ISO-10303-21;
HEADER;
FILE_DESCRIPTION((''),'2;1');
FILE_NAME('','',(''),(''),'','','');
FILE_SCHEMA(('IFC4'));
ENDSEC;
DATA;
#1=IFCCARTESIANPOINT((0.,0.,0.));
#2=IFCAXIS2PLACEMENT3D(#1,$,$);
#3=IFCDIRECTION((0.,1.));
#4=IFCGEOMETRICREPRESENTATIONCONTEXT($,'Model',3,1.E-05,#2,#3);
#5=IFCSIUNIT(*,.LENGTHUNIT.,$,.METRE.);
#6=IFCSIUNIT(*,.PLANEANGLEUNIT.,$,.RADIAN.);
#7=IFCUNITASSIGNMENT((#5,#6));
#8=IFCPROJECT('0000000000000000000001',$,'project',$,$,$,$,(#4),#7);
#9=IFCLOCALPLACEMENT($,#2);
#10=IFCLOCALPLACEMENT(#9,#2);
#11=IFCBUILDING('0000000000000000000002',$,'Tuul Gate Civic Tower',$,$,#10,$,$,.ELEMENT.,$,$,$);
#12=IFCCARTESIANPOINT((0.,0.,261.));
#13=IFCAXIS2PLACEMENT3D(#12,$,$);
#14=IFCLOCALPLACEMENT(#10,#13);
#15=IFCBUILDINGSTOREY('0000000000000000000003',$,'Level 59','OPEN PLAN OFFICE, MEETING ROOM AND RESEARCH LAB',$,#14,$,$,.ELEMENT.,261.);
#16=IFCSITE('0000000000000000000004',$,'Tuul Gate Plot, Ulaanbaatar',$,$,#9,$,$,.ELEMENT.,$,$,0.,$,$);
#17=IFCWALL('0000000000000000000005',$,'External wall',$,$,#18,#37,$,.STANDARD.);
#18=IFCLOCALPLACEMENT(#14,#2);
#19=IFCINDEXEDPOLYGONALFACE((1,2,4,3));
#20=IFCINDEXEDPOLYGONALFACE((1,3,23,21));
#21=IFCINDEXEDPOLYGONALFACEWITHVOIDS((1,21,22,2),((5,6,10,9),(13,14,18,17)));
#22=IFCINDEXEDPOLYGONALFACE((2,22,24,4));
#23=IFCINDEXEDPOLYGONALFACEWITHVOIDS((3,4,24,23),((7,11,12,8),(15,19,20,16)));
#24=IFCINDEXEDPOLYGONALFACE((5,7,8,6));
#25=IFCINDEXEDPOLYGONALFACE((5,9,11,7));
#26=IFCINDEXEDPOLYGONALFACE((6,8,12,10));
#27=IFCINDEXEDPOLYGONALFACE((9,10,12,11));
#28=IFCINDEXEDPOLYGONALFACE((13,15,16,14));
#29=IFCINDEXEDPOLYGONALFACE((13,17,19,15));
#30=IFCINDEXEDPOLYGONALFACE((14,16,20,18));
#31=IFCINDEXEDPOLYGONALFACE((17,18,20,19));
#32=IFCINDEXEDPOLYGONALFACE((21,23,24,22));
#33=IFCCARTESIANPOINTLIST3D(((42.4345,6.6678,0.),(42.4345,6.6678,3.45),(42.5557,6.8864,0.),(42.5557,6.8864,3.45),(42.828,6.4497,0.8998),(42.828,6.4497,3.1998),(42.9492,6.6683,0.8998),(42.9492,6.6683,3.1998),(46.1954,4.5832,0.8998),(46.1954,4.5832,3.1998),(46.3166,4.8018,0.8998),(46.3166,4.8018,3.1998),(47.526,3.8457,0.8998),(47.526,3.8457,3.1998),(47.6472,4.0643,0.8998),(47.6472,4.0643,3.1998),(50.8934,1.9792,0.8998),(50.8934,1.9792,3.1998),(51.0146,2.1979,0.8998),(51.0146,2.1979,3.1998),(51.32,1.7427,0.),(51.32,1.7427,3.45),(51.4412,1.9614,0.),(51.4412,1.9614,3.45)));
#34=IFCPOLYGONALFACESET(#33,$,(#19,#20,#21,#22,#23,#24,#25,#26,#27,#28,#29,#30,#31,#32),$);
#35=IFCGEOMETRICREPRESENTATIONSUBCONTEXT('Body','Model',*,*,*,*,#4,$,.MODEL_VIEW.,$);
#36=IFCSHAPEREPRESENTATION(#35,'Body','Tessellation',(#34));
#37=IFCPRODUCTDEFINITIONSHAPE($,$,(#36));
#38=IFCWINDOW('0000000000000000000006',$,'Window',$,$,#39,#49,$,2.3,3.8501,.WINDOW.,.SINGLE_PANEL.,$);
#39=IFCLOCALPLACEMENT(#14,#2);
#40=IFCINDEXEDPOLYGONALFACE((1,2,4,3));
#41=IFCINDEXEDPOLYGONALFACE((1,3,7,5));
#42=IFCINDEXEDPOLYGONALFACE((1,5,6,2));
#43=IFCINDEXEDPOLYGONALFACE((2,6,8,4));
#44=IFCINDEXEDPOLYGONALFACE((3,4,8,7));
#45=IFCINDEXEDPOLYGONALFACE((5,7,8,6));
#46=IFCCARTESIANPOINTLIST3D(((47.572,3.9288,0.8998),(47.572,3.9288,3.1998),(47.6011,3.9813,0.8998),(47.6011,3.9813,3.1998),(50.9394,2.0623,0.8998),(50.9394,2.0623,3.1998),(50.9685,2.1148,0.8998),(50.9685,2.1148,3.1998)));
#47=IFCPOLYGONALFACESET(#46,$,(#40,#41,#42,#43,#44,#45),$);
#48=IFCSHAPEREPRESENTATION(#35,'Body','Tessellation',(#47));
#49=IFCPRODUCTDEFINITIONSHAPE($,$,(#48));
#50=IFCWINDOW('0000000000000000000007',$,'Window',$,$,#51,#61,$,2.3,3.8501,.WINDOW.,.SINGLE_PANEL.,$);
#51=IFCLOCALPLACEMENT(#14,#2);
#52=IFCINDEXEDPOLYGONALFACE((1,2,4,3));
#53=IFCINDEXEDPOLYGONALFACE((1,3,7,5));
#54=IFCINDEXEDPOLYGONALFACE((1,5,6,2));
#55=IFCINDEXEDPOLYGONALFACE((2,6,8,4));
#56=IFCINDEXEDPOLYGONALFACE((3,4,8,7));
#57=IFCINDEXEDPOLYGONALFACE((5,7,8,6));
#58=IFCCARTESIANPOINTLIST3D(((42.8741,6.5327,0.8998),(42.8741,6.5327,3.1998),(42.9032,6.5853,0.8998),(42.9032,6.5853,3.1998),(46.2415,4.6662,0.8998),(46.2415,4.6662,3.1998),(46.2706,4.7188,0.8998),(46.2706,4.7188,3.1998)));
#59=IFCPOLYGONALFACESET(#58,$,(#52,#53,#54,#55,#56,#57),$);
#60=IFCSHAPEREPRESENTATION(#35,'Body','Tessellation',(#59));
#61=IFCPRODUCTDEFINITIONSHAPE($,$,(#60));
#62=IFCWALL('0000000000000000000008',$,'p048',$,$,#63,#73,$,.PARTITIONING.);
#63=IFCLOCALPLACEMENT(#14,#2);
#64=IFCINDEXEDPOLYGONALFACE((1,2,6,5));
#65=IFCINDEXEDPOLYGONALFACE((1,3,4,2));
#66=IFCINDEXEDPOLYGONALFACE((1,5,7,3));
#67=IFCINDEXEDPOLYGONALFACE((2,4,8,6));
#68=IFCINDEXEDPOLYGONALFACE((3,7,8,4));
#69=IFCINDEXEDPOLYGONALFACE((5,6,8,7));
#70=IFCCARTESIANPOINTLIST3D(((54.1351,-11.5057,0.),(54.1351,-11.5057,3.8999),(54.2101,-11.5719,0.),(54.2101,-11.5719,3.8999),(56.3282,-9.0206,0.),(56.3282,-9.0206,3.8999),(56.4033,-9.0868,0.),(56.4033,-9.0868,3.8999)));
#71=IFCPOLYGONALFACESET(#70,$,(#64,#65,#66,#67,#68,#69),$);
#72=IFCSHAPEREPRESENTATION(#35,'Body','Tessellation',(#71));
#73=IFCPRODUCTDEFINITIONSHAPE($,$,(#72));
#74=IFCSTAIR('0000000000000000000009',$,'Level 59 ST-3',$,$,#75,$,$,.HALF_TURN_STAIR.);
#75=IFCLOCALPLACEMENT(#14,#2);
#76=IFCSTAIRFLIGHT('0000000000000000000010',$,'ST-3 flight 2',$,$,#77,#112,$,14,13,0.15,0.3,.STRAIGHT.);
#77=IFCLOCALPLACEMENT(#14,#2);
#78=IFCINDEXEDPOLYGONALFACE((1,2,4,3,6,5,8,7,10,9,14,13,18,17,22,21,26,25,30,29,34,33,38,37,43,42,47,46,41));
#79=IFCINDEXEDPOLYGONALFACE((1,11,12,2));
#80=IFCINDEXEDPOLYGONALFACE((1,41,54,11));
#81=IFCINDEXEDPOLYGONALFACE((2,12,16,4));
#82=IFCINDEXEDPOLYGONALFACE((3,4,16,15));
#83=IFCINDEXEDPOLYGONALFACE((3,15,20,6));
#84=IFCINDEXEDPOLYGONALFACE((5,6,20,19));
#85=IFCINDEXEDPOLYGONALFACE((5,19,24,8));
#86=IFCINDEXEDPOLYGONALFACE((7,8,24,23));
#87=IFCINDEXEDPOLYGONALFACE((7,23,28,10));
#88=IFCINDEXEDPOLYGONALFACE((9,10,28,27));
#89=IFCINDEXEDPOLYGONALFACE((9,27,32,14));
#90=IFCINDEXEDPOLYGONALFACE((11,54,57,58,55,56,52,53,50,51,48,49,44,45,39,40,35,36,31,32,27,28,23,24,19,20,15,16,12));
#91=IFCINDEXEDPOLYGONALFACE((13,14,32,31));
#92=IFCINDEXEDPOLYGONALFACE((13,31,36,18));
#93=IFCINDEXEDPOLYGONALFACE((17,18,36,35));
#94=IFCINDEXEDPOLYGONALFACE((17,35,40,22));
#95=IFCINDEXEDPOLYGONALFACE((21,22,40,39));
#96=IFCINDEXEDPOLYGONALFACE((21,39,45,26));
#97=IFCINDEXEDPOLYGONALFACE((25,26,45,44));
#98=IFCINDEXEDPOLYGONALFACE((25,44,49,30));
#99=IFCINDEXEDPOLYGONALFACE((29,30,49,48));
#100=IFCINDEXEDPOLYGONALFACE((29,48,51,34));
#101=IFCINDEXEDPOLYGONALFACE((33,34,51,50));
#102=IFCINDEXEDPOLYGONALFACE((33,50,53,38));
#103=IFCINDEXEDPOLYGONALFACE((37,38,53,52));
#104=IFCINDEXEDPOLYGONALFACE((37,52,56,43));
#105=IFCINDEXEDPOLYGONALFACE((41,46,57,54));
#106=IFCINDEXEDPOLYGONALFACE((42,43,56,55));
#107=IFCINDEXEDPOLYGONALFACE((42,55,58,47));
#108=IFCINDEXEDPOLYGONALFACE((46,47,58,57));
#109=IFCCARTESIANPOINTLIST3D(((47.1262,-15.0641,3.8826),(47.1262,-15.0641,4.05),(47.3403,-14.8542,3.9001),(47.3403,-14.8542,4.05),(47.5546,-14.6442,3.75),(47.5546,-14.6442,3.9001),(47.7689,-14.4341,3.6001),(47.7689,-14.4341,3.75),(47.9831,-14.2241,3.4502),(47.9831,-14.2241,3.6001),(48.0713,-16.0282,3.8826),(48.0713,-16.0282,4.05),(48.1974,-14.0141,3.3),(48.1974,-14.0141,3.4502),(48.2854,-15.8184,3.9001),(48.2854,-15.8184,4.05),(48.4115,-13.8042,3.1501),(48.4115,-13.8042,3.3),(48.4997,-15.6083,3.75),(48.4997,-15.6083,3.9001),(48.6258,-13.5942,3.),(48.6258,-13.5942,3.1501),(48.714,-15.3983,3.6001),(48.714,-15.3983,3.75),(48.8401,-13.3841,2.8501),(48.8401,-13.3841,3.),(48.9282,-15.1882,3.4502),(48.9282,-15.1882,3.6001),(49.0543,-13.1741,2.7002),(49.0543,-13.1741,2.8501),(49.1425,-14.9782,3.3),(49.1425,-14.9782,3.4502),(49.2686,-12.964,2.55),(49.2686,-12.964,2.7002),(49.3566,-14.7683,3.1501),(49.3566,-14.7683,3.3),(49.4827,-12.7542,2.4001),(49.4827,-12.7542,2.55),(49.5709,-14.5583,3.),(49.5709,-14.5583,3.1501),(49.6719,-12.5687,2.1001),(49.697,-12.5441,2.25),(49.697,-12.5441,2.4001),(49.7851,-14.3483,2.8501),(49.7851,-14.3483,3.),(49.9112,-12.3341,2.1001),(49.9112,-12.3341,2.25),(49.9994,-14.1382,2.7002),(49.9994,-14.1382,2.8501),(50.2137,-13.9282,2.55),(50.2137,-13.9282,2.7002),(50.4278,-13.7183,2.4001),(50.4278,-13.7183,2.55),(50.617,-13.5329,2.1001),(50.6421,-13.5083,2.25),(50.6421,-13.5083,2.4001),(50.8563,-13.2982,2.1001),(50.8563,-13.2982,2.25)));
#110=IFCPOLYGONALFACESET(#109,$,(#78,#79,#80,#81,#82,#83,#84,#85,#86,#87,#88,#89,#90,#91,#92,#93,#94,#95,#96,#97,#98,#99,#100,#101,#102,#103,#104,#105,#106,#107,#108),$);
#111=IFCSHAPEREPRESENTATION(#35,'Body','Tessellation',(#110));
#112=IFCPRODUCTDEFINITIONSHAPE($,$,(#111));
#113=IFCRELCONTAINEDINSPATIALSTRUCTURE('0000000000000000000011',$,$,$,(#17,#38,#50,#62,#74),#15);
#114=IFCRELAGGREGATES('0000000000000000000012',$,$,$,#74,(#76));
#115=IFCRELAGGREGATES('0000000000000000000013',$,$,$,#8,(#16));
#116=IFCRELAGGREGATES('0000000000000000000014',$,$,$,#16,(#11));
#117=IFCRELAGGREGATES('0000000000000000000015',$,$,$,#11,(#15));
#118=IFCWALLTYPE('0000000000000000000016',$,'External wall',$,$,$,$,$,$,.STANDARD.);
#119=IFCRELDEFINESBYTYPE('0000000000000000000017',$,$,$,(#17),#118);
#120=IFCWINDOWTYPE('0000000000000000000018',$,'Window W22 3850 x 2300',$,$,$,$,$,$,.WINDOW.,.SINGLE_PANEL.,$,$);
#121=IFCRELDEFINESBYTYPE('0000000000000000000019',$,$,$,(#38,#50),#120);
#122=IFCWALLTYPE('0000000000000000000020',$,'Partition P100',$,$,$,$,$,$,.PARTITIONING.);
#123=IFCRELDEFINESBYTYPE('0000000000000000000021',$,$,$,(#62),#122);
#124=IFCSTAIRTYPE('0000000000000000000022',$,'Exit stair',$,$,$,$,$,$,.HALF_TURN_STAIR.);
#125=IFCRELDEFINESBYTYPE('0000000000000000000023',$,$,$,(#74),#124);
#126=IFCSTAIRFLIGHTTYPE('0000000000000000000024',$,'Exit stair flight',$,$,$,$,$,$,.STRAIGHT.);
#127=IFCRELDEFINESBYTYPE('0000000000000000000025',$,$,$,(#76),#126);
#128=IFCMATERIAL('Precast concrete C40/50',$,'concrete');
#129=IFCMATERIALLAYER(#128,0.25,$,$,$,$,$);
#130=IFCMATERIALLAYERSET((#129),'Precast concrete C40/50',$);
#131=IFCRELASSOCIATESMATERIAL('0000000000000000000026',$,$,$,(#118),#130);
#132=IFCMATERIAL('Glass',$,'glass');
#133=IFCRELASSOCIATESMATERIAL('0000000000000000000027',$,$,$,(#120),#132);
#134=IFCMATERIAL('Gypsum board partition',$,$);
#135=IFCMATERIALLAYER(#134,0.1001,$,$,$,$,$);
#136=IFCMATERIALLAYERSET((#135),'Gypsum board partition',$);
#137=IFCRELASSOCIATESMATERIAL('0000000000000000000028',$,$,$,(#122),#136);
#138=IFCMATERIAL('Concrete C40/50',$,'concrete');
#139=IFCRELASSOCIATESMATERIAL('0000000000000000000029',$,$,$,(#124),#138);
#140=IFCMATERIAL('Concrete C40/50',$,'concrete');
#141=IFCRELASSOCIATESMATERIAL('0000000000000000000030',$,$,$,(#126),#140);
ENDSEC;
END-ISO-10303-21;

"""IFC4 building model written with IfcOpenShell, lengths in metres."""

from ifc_helpers import new_model, si_unit, direction, frame, frame_2d, origin, place, context, subcontext, project, spatial, polyline, rectangle, outline, extrude, material, layer, layer_set, type_object, element, fill, aggregate, save


model = new_model("IFC4")

# Units and contexts
model_context = context("Model", 3, precision=1e-05, world=origin(), true_north=direction((0.0, 1.0)))
body_context = subcontext(model_context, "Body", "Model", "MODEL_VIEW")
ifc_project = project(units=[si_unit("LENGTHUNIT", "METRE"), si_unit("PLANEANGLEUNIT", "RADIAN")], contexts=[model_context])

# Site, building, storey
site_placement = place(None, origin())
site = spatial("IfcSite", under=ifc_project, at=site_placement, Name="Tuul Gate Plot, Ulaanbaatar", CompositionType="ELEMENT", RefElevation=0.0)
building_placement = place(site_placement, origin())
building = spatial("IfcBuilding", under=site, at=building_placement, Name="Tuul Gate Civic Tower", CompositionType="ELEMENT")
storey_placement = place(building_placement, frame((0.0, 0.0, 261.0)))
storey = spatial("IfcBuildingStorey", under=building, at=storey_placement, Name="Level 59", Description="OPEN PLAN OFFICE, MEETING ROOM AND RESEARCH LAB", CompositionType="ELEMENT", Elevation=261.0)

# Wall, openings, windows
ifc_material_1 = material(Name="Precast concrete C40/50", Category="concrete")
ifc_layer_1 = layer(ifc_material_1, 0.25)
ifc_layer_set_1 = layer_set([ifc_layer_1], Name="Precast concrete C40/50")
wall_type_1 = type_object("IfcWallType", Name="External wall", PredefinedType="STANDARD", material=ifc_layer_set_1)
wall_1_placement = place(storey_placement, frame((51.3806, 1.8521, 0.0), z_axis=(0.0, 0.0, 1.0), x_axis=(-0.874631, 0.48479, 0.0)))
wall_1 = element("IfcWall", 1, at=wall_1_placement, inside=storey, type_object=wall_type_1, Name="External wall", PredefinedType="STANDARD", context=body_context, shape_type="SweptSolid", body=[
    extrude(rectangle(XDim=10.1592, YDim=0.25, at=frame_2d((5.0796, 0.0))), origin(), (0.0, 0.0, 1.0), 3.45),
])
opening_1_placement = place(wall_1_placement, frame((0.4878, 0.0, 0.8999)))
opening_1 = element("IfcOpeningElement", 2, at=opening_1_placement, cuts=wall_1, PredefinedType="OPENING", context=body_context, shape_type="SweptSolid", body=[
    extrude(rectangle(XDim=3.8501, YDim=2.3, at=frame_2d((1.925, 1.1499))), frame((0.0, 0.135, 0.0), z_axis=(0.0, -1.0, 0.0), x_axis=(1.0, 0.0, 0.0)), (0.0, 0.0, 1.0), 0.27),
])
opening_2_placement = place(wall_1_placement, frame((5.8591, 0.0, 0.8999)))
opening_2 = element("IfcOpeningElement", 3, at=opening_2_placement, cuts=wall_1, PredefinedType="OPENING", context=body_context, shape_type="SweptSolid", body=[
    extrude(rectangle(XDim=3.8501, YDim=2.3, at=frame_2d((1.925, 1.1499))), frame((0.0, 0.135, 0.0), z_axis=(0.0, -1.0, 0.0), x_axis=(1.0, 0.0, 0.0)), (0.0, 0.0, 1.0), 0.27),
])
ifc_material_2 = material(Name="Glass", Category="glass")
window_type = type_object("IfcWindowType", Name="Window W22 3850 x 2300", PartitioningType="SINGLE_PANEL", PredefinedType="WINDOW", material=ifc_material_2)
window_1_placement = place(opening_1_placement, origin())
window_1 = element("IfcWindow", 4, at=window_1_placement, inside=storey, type_object=window_type, Name="Window", OverallHeight=2.3, OverallWidth=3.8501, PartitioningType="SINGLE_PANEL", PredefinedType="WINDOW", context=body_context, shape_type="SweptSolid", body=[
    extrude(rectangle(XDim=3.8501, YDim=2.3, at=frame_2d((1.925, 1.1499))), frame((0.0, 0.03, 0.0), z_axis=(0.0, -1.0, 0.0), x_axis=(1.0, 0.0, 0.0)), (0.0, 0.0, 1.0), 0.0601),
])
fill(opening_1, window_1)
window_2_placement = place(opening_2_placement, origin())
window_2 = element("IfcWindow", 5, at=window_2_placement, inside=storey, type_object=window_type, Name="Window", OverallHeight=2.3, OverallWidth=3.8501, PartitioningType="SINGLE_PANEL", PredefinedType="WINDOW", context=body_context, shape_type="SweptSolid", body=[
    extrude(rectangle(XDim=3.8501, YDim=2.3, at=frame_2d((1.925, 1.1499))), frame((0.0, 0.03, 0.0), z_axis=(0.0, -1.0, 0.0), x_axis=(1.0, 0.0, 0.0)), (0.0, 0.0, 1.0), 0.0601),
])
fill(opening_2, window_2)

# Wall
ifc_material_3 = material(Name="Gypsum board partition")
ifc_layer_2 = layer(ifc_material_3, 0.1001)
ifc_layer_set_2 = layer_set([ifc_layer_2], Name="Gypsum board partition")
wall_type_2 = type_object("IfcWallType", Name="Partition P100", PredefinedType="PARTITIONING", material=ifc_layer_set_2)
wall_2_placement = place(storey_placement, frame((54.1726, -11.5388, 0.0), z_axis=(0.0, 0.0, 1.0), x_axis=(0.661685, 0.749782, 0.0)))
element("IfcWall", 6, at=wall_2_placement, inside=storey, type_object=wall_type_2, Name="p048", PredefinedType="PARTITIONING", context=body_context, shape_type="SweptSolid", body=[
    extrude(rectangle(XDim=3.3145, YDim=0.1001, at=frame_2d((1.6572, 0.0))), origin(), (0.0, 0.0, 1.0), 3.8999),
])

# Stair, stair flight
ifc_material_4 = material(Name="Concrete C40/50", Category="concrete")
stair_type = type_object("IfcStairType", Name="Exit stair", PredefinedType="HALF_TURN_STAIR", material=ifc_material_4)
stair_placement = place(storey_placement, origin())
stair = element("IfcStair", 7, at=stair_placement, inside=storey, type_object=stair_type, Name="Level 59 ST-3", PredefinedType="HALF_TURN_STAIR")
ifc_material_5 = material(Name="Concrete C40/50", Category="concrete")
stair_flight_type = type_object("IfcStairFlightType", Name="Exit stair flight", PredefinedType="STRAIGHT", material=ifc_material_5)
stair_flight_placement = place(storey_placement, frame((50.3838, -12.8162, 2.1001), z_axis=(0.0, 0.0, 1.0), x_axis=(-0.714127, -0.700016, 0.0)))
stair_flight = element("IfcStairFlight", 8, at=stair_flight_placement, type_object=stair_flight_type, Name="ST-3 flight 2", NumberOfRisers=14, NumberOfTreads=13, PredefinedType="STRAIGHT", RiserHeight=0.15, TreadLength=0.3, context=body_context, shape_type="SweptSolid", body=[
    extrude(outline(polyline([(0.0, 0.0), (0.0, 0.1499), (0.3, 0.1499), (0.3, 0.3), (0.6001, 0.3), (0.6001, 0.45), (0.8999, 0.45), (0.8999, 0.6001), (1.2, 0.6001), (1.2, 0.75), (1.5, 0.75), (1.5, 0.8999), (1.8, 0.8999), (1.8, 1.05), (2.1001, 1.05), (2.1001, 1.2), (2.3999, 1.2), (2.3999, 1.3501), (2.7, 1.3501), (2.7, 1.5), (3.0, 1.5), (3.0, 1.6499), (3.3, 1.6499), (3.3, 1.8), (3.6001, 1.8), (3.6001, 1.95), (3.8999, 1.95), (3.8999, 2.1001), (3.8999, 1.7825), (0.3352, 0.0), (0.0, 0.0)])), frame((0.0, 0.675, 0.0), z_axis=(0.0, -1.0, 0.0), x_axis=(1.0, 0.0, 0.0)), (0.0, 0.0, 1.0), 1.3501),
])
aggregate(stair, [stair_flight])

save(model, "model.ifc")
